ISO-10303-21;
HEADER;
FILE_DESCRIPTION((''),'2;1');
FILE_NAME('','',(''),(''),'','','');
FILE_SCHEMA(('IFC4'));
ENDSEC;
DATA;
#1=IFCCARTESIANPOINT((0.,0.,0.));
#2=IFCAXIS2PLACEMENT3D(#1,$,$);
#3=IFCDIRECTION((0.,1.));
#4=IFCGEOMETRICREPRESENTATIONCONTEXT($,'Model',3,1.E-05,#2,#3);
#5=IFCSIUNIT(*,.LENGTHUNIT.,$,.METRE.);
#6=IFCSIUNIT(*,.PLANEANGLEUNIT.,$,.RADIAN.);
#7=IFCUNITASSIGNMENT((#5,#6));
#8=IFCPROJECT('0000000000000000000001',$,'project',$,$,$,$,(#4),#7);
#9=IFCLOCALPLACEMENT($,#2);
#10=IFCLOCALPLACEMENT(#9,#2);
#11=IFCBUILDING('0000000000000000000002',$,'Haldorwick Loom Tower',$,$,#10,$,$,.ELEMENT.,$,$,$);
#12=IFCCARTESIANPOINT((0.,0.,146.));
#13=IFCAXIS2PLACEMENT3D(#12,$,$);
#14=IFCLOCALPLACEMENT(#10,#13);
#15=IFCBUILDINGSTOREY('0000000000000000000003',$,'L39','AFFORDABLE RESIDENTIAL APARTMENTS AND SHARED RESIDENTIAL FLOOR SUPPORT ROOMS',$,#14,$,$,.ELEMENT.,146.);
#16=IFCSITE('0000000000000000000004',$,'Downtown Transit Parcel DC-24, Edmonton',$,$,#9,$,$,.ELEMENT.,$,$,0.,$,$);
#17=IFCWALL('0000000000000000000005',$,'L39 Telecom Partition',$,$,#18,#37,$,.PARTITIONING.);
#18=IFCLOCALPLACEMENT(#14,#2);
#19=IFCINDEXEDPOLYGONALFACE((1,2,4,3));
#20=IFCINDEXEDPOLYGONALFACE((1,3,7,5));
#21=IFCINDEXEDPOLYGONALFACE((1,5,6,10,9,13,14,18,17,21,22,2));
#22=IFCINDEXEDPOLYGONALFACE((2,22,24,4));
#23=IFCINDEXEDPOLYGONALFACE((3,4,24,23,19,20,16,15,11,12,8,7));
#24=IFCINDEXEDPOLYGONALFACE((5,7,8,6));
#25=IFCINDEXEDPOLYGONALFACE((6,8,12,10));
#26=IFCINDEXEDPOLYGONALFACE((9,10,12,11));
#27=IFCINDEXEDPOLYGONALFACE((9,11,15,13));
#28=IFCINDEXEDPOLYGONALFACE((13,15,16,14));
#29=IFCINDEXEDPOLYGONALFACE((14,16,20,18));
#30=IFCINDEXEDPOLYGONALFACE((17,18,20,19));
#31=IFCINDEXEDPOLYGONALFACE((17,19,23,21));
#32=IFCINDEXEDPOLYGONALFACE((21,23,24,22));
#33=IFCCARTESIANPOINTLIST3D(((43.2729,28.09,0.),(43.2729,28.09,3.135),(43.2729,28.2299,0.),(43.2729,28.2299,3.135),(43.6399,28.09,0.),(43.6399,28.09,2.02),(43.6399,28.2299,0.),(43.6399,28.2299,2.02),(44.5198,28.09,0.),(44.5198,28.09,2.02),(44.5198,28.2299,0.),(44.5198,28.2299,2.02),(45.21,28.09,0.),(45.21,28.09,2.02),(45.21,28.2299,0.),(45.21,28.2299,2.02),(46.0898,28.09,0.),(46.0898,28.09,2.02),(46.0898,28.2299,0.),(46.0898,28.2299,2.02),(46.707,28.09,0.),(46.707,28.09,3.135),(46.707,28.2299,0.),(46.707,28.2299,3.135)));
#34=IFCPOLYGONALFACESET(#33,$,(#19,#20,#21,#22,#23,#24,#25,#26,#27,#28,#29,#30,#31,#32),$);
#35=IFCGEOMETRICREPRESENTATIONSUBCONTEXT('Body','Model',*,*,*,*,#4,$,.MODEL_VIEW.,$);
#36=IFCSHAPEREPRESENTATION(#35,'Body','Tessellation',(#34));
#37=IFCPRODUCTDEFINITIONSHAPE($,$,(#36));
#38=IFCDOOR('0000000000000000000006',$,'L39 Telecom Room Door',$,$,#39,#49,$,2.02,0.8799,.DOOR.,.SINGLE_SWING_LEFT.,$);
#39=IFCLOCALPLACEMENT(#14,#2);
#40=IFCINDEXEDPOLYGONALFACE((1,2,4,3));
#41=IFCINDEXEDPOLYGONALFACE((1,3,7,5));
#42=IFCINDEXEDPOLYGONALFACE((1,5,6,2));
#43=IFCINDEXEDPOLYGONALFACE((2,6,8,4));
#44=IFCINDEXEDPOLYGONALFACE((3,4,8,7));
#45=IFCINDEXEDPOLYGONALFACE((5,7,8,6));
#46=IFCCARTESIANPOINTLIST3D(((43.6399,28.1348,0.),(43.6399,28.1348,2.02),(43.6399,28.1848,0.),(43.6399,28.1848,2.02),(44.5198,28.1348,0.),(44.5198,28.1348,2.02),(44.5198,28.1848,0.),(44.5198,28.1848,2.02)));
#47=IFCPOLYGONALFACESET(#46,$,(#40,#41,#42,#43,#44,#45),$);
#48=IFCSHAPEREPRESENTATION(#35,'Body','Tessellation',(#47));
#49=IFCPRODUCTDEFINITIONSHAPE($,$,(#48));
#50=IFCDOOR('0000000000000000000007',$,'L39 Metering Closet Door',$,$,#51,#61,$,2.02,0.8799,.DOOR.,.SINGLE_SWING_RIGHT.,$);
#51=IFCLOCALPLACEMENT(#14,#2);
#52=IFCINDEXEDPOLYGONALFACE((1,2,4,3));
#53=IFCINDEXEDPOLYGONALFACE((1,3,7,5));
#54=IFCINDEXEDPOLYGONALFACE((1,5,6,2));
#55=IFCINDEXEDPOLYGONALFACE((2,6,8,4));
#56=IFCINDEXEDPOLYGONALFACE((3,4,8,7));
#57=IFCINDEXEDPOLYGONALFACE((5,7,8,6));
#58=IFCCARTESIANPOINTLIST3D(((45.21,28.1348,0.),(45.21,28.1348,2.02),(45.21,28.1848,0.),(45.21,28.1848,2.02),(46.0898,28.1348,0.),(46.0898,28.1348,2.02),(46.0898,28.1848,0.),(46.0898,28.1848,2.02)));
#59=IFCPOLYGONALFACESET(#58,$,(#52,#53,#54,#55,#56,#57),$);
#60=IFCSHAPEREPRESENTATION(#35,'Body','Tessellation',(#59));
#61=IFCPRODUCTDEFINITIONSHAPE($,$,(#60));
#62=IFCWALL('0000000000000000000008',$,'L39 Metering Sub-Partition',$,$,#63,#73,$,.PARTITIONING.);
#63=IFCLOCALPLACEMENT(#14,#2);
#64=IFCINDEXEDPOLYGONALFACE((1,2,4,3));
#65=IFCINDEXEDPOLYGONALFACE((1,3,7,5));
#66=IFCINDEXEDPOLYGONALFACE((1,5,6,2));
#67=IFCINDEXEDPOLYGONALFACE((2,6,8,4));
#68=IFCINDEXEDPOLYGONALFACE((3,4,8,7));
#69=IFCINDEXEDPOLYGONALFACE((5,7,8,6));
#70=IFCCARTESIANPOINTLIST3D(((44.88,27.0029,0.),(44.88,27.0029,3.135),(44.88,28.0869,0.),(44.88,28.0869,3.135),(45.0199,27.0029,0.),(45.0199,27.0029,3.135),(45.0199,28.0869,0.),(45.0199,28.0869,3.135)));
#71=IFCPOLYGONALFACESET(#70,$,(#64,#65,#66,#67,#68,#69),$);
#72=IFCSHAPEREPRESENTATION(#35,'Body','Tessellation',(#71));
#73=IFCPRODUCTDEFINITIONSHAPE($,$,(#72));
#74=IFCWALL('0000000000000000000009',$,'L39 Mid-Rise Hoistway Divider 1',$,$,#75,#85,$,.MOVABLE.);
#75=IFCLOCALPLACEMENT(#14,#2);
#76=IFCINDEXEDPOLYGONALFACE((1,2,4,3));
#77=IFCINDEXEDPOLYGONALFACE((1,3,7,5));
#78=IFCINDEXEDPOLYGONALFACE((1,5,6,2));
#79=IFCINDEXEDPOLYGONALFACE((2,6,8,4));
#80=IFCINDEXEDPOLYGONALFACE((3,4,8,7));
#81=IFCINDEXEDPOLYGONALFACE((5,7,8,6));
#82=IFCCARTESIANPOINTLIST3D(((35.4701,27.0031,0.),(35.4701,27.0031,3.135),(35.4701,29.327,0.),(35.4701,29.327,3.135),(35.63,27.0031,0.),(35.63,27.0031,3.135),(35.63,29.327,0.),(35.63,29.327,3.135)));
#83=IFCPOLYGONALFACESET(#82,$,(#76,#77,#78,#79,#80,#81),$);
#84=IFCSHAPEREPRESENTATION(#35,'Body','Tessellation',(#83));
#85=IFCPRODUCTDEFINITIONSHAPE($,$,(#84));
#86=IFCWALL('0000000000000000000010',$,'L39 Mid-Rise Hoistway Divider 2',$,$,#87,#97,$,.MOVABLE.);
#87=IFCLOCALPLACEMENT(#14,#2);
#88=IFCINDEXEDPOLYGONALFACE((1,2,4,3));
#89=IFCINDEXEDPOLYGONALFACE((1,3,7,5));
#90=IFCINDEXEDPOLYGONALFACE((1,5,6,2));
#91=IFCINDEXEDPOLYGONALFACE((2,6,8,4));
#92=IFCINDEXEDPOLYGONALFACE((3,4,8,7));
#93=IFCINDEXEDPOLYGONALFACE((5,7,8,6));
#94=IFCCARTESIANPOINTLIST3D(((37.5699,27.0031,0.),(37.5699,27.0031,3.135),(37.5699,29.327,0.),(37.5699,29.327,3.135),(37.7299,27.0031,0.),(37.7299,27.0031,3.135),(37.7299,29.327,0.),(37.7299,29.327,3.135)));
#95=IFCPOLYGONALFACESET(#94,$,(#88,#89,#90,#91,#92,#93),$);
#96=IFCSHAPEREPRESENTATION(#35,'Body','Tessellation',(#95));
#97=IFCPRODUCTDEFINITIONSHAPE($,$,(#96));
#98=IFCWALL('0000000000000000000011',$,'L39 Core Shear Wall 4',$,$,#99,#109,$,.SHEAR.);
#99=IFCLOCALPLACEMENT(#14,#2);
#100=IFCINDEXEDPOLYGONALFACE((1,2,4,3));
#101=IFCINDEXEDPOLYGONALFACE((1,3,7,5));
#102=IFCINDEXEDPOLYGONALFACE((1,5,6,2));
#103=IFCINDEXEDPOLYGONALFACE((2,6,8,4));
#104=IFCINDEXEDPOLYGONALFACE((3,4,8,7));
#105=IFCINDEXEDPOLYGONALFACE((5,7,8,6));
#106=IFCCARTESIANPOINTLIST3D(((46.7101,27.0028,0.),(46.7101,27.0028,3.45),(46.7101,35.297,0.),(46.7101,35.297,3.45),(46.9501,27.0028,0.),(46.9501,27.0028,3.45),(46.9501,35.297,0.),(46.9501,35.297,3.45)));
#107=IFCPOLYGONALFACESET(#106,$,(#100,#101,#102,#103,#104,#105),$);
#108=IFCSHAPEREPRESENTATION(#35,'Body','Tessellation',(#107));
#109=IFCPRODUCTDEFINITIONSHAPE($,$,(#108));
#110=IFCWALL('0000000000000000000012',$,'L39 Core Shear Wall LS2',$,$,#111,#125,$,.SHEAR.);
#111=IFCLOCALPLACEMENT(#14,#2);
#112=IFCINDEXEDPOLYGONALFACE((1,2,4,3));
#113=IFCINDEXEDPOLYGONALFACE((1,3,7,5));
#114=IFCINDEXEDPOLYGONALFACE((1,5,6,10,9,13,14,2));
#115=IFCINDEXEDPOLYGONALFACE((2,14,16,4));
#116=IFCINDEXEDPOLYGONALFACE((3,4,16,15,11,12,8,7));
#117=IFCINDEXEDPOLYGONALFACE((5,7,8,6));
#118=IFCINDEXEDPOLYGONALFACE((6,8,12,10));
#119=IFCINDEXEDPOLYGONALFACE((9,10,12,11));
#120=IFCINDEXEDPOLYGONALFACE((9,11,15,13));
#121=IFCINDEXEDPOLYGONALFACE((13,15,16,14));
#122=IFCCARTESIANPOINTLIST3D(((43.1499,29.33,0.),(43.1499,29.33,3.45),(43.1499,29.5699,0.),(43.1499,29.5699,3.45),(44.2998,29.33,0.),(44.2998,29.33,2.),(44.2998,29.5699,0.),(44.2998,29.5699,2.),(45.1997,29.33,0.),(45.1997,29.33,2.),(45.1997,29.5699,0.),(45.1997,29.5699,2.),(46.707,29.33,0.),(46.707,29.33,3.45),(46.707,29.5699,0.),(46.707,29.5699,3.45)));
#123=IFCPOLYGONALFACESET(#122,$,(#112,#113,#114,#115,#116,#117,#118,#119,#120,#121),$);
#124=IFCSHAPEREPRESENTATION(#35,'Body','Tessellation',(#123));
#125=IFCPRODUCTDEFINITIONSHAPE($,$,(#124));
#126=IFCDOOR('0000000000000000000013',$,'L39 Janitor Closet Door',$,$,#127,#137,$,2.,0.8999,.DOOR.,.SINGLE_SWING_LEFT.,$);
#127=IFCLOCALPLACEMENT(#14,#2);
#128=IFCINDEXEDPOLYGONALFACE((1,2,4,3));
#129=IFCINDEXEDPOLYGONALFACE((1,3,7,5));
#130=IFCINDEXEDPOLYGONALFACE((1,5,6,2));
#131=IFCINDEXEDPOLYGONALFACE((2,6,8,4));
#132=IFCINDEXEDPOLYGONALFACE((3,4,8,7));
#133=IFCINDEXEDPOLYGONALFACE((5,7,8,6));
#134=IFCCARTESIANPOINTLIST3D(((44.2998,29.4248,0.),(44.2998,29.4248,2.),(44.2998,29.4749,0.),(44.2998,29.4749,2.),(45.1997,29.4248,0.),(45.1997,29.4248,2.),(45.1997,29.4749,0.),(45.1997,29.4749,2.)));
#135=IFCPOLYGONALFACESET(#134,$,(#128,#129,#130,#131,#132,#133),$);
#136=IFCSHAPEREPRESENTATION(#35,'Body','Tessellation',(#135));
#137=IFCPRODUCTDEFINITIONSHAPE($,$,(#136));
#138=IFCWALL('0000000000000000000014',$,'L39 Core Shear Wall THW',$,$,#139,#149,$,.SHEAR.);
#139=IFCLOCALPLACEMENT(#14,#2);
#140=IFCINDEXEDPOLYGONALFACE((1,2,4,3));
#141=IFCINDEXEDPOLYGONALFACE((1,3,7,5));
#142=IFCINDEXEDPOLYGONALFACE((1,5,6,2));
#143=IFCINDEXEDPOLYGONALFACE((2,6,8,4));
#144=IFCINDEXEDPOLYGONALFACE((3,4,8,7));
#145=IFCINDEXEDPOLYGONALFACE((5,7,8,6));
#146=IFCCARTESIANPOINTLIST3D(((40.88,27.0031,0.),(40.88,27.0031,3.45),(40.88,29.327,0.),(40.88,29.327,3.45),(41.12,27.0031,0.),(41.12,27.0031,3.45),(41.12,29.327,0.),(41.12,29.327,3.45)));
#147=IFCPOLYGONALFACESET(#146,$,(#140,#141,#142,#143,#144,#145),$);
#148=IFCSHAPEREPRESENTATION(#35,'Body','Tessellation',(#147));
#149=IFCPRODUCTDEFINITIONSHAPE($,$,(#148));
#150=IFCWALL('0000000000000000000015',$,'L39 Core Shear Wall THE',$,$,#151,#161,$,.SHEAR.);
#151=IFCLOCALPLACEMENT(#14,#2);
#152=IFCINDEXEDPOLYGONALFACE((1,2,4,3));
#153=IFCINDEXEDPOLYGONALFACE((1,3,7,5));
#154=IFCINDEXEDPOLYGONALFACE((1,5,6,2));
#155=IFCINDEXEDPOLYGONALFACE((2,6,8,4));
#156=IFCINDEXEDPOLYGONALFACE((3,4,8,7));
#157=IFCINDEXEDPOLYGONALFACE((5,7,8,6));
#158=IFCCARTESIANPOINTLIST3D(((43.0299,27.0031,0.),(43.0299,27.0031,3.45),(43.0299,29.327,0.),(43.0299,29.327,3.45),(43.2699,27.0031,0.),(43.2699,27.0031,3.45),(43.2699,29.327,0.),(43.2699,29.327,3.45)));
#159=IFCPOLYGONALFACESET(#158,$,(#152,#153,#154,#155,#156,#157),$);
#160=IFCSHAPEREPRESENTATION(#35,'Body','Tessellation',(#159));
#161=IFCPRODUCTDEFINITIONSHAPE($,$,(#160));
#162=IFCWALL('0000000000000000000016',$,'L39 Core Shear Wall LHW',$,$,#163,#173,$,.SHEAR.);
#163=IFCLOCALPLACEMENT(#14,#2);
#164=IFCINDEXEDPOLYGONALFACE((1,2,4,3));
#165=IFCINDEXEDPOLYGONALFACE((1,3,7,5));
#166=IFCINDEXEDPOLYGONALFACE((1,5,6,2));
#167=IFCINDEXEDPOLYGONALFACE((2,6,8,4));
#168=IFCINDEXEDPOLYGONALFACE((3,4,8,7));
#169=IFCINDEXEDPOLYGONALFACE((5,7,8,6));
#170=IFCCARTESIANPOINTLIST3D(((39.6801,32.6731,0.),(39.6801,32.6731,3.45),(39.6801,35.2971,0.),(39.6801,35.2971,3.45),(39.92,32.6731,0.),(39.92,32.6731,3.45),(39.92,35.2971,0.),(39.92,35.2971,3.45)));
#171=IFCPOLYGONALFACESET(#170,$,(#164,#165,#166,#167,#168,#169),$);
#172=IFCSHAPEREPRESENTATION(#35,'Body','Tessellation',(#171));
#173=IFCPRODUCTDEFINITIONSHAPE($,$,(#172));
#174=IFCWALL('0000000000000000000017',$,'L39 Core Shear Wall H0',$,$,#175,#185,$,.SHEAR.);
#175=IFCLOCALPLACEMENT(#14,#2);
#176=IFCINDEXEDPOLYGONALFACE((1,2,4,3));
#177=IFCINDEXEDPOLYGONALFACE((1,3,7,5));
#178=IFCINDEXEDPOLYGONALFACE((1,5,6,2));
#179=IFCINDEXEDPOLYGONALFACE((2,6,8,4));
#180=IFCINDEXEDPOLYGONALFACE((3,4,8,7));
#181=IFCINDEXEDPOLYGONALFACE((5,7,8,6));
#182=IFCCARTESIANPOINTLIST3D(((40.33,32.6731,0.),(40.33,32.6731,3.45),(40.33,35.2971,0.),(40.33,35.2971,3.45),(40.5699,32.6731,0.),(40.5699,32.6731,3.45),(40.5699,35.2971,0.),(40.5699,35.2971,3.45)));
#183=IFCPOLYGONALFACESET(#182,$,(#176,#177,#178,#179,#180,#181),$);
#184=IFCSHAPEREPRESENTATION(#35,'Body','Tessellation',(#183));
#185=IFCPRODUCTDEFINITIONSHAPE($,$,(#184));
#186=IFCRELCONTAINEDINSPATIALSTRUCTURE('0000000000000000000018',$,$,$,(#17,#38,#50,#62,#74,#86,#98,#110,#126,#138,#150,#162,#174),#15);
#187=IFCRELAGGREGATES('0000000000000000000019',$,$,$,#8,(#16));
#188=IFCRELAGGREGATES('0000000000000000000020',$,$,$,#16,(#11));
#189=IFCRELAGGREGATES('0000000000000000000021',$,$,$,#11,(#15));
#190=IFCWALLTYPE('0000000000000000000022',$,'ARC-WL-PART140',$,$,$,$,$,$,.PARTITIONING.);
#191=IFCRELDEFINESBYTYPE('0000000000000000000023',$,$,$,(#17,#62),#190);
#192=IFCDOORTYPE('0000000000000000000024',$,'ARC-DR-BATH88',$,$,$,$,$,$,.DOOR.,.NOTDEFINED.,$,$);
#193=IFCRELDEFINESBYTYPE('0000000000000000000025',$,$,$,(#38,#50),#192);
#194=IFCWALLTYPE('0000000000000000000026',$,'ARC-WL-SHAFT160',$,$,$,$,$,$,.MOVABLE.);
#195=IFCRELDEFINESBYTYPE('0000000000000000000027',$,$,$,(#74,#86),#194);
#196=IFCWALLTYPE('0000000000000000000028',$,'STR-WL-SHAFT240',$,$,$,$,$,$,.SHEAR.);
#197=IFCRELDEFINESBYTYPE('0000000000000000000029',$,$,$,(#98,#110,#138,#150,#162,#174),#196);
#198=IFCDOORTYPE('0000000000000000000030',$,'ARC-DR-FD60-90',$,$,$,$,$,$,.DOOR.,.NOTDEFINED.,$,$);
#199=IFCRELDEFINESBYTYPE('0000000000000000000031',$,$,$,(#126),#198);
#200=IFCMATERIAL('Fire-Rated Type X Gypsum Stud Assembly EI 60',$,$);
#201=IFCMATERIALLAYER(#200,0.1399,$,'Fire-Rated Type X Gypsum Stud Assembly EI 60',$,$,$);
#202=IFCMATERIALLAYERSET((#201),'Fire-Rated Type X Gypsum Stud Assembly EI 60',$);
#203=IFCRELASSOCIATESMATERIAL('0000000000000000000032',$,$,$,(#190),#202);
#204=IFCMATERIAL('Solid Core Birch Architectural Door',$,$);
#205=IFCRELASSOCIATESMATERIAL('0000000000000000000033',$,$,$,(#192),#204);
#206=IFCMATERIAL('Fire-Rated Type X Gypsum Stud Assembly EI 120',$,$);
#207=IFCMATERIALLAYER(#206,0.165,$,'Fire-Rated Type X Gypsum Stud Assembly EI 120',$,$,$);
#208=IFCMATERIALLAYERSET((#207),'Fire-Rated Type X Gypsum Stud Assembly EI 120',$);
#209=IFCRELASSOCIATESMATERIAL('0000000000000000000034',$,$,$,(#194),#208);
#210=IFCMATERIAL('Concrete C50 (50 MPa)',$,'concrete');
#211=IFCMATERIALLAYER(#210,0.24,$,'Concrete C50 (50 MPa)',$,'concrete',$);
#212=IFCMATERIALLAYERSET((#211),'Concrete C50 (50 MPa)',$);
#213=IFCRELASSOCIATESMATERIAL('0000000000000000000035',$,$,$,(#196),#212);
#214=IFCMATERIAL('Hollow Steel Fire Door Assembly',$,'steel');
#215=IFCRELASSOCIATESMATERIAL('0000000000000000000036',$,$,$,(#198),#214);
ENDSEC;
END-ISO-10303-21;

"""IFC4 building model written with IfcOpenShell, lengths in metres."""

from ifc_helpers import new_model, si_unit, direction, frame, frame_2d, origin, place, context, subcontext, project, spatial, rectangle, extrude, material, layer, layer_set, type_object, element, fill, save


model = new_model("IFC4")

# Units and contexts
model_context = context("Model", 3, precision=1e-05, world=origin(), true_north=direction((0.0, 1.0)))
body_context = subcontext(model_context, "Body", "Model", "MODEL_VIEW")
ifc_project = project(units=[si_unit("LENGTHUNIT", "METRE"), si_unit("PLANEANGLEUNIT", "RADIAN")], contexts=[model_context])

# Site, building, storey
site_placement = place(None, origin())
site = spatial("IfcSite", under=ifc_project, at=site_placement, Name="Downtown Transit Parcel DC-24, Edmonton", CompositionType="ELEMENT", RefElevation=0.0)
building_placement = place(site_placement, origin())
building = spatial("IfcBuilding", under=site, at=building_placement, Name="Haldorwick Loom Tower", CompositionType="ELEMENT")
storey_placement = place(building_placement, frame((0.0, 0.0, 146.0)))
storey = spatial("IfcBuildingStorey", under=building, at=storey_placement, Name="L39", Description="AFFORDABLE RESIDENTIAL APARTMENTS AND SHARED RESIDENTIAL FLOOR SUPPORT ROOMS", CompositionType="ELEMENT", Elevation=146.0)

# Wall, openings, doors
ifc_material_1 = material(Name="Fire-Rated Type X Gypsum Stud Assembly EI 60")
ifc_layer_1 = layer(ifc_material_1, 0.1399, Name="Fire-Rated Type X Gypsum Stud Assembly EI 60")
ifc_layer_set_1 = layer_set([ifc_layer_1], Name="Fire-Rated Type X Gypsum Stud Assembly EI 60")
wall_type_1 = type_object("IfcWallType", Name="ARC-WL-PART140", PredefinedType="PARTITIONING", material=ifc_layer_set_1)
wall_1_placement = place(storey_placement, frame((43.2729, 28.1599, 0.0), z_axis=(0.0, 0.0, 1.0), x_axis=(1.0, 0.0, 0.0)))
wall_1 = element("IfcWall", 1, at=wall_1_placement, inside=storey, type_object=wall_type_1, Name="L39 Telecom Partition", PredefinedType="PARTITIONING", context=body_context, shape_type="SweptSolid", body=[
    extrude(rectangle(XDim=3.4341, YDim=0.1399, at=frame_2d((1.717, 0.0))), origin(), (0.0, 0.0, 1.0), 3.135),
])
opening_1_placement = place(wall_1_placement, frame((0.3669, 0.0, 0.0)))
opening_1 = element("IfcOpeningElement", 2, at=opening_1_placement, cuts=wall_1, PredefinedType="OPENING", context=body_context, shape_type="SweptSolid", body=[
    extrude(rectangle(XDim=0.8799, YDim=2.02, at=frame_2d((0.4399, 1.01))), frame((0.0, 0.0798, 0.0), z_axis=(0.0, -1.0, 0.0), x_axis=(1.0, 0.0, 0.0)), (0.0, 0.0, 1.0), 0.1599),
])
opening_2_placement = place(wall_1_placement, frame((1.937, 0.0, 0.0)))
opening_2 = element("IfcOpeningElement", 3, at=opening_2_placement, cuts=wall_1, PredefinedType="OPENING", context=body_context, shape_type="SweptSolid", body=[
    extrude(rectangle(XDim=0.8799, YDim=2.02, at=frame_2d((0.4399, 1.01))), frame((0.0, 0.0798, 0.0), z_axis=(0.0, -1.0, 0.0), x_axis=(1.0, 0.0, 0.0)), (0.0, 0.0, 1.0), 0.1599),
])
ifc_material_2 = material(Name="Solid Core Birch Architectural Door")
door_type_1 = type_object("IfcDoorType", Name="ARC-DR-BATH88", OperationType="NOTDEFINED", PredefinedType="DOOR", material=ifc_material_2)
door_1_placement = place(opening_1_placement, origin())
door_1 = element("IfcDoor", 4, at=door_1_placement, inside=storey, type_object=door_type_1, Name="L39 Telecom Room Door", OperationType="SINGLE_SWING_LEFT", OverallHeight=2.02, OverallWidth=0.8799, PredefinedType="DOOR", context=body_context, shape_type="SweptSolid", body=[
    extrude(rectangle(XDim=0.8799, YDim=2.02, at=frame_2d((0.4399, 1.01))), frame((0.0, 0.0249, 0.0), z_axis=(0.0, -1.0, 0.0), x_axis=(1.0, 0.0, 0.0)), (0.0, 0.0, 1.0), 0.05),
])
fill(opening_1, door_1)
door_2_placement = place(opening_2_placement, origin())
door_2 = element("IfcDoor", 5, at=door_2_placement, inside=storey, type_object=door_type_1, Name="L39 Metering Closet Door", OperationType="SINGLE_SWING_RIGHT", OverallHeight=2.02, OverallWidth=0.8799, PredefinedType="DOOR", context=body_context, shape_type="SweptSolid", body=[
    extrude(rectangle(XDim=0.8799, YDim=2.02, at=frame_2d((0.4399, 1.01))), frame((0.0, 0.0249, 0.0), z_axis=(0.0, -1.0, 0.0), x_axis=(1.0, 0.0, 0.0)), (0.0, 0.0, 1.0), 0.05),
])
fill(opening_2, door_2)

# Walls
wall_2_placement = place(storey_placement, frame((44.95, 27.0029, 0.0), z_axis=(0.0, 0.0, 1.0), x_axis=(0.0, 1.0, 0.0)))
element("IfcWall", 6, at=wall_2_placement, inside=storey, type_object=wall_type_1, Name="L39 Metering Sub-Partition", PredefinedType="PARTITIONING", context=body_context, shape_type="SweptSolid", body=[
    extrude(rectangle(XDim=1.084, YDim=0.1399, at=frame_2d((0.542, 0.0))), origin(), (0.0, 0.0, 1.0), 3.135),
])
ifc_material_3 = material(Name="Fire-Rated Type X Gypsum Stud Assembly EI 120")
ifc_layer_2 = layer(ifc_material_3, 0.165, Name="Fire-Rated Type X Gypsum Stud Assembly EI 120")
ifc_layer_set_2 = layer_set([ifc_layer_2], Name="Fire-Rated Type X Gypsum Stud Assembly EI 120")
wall_type_2 = type_object("IfcWallType", Name="ARC-WL-SHAFT160", PredefinedType="MOVABLE", material=ifc_layer_set_2)
for number, where, z_axis, x_axis, name in (
    (7, (35.55, 27.0029, 0.0), (0.0, 0.0, 1.0), (0.0, 1.0, 0.0), "L39 Mid-Rise Hoistway Divider 1"),
    (8, (37.6499, 27.0029, 0.0), (0.0, 0.0, 1.0), (0.0, 1.0, 0.0), "L39 Mid-Rise Hoistway Divider 2"),
):
    element("IfcWall", number, at=place(storey_placement, frame(where, z_axis=z_axis, x_axis=x_axis)), inside=storey, type_object=wall_type_2, Name=name, PredefinedType="MOVABLE", context=body_context, shape_type="SweptSolid", body=[
        extrude(rectangle(XDim=2.324, YDim=0.1599, at=frame_2d((1.1621, 0.0))), origin(), (0.0, 0.0, 1.0), 3.135),
    ])
ifc_material_4 = material(Name="Concrete C50 (50 MPa)", Category="concrete")
ifc_layer_3 = layer(ifc_material_4, 0.24, Name="Concrete C50 (50 MPa)", Category="concrete")
ifc_layer_set_3 = layer_set([ifc_layer_3], Name="Concrete C50 (50 MPa)")
wall_type_3 = type_object("IfcWallType", Name="STR-WL-SHAFT240", PredefinedType="SHEAR", material=ifc_layer_set_3)
wall_3_placement = place(storey_placement, frame((46.8301, 27.0029, 0.0), z_axis=(0.0, 0.0, 1.0), x_axis=(0.0, 1.0, 0.0)))
element("IfcWall", 9, at=wall_3_placement, inside=storey, type_object=wall_type_3, Name="L39 Core Shear Wall 4", PredefinedType="SHEAR", context=body_context, shape_type="SweptSolid", body=[
    extrude(rectangle(XDim=8.2942, YDim=0.24, at=frame_2d((4.147, 0.0))), origin(), (0.0, 0.0, 1.0), 3.45),
])

# Wall, opening, door
wall_4_placement = place(storey_placement, frame((43.1499, 29.45, 0.0), z_axis=(0.0, 0.0, 1.0), x_axis=(1.0, 0.0, 0.0)))
wall_4 = element("IfcWall", 10, at=wall_4_placement, inside=storey, type_object=wall_type_3, Name="L39 Core Shear Wall LS2", PredefinedType="SHEAR", context=body_context, shape_type="SweptSolid", body=[
    extrude(rectangle(XDim=3.5571, YDim=0.24, at=frame_2d((1.7786, 0.0))), origin(), (0.0, 0.0, 1.0), 3.45),
])
opening_3_placement = place(wall_4_placement, frame((1.1499, 0.0, 0.0)))
opening_3 = element("IfcOpeningElement", 11, at=opening_3_placement, cuts=wall_4, PredefinedType="OPENING", context=body_context, shape_type="SweptSolid", body=[
    extrude(rectangle(XDim=0.8999, YDim=2.0, at=frame_2d((0.45, 1.0))), frame((0.0, 0.1299, 0.0), z_axis=(0.0, -1.0, 0.0), x_axis=(1.0, 0.0, 0.0)), (0.0, 0.0, 1.0), 0.26),
])
ifc_material_5 = material(Name="Hollow Steel Fire Door Assembly", Category="steel")
door_type_2 = type_object("IfcDoorType", Name="ARC-DR-FD60-90", OperationType="NOTDEFINED", PredefinedType="DOOR", material=ifc_material_5)
door_3_placement = place(opening_3_placement, origin())
door_3 = element("IfcDoor", 12, at=door_3_placement, inside=storey, type_object=door_type_2, Name="L39 Janitor Closet Door", OperationType="SINGLE_SWING_LEFT", OverallHeight=2.0, OverallWidth=0.8999, PredefinedType="DOOR", context=body_context, shape_type="SweptSolid", body=[
    extrude(rectangle(XDim=0.8999, YDim=2.0, at=frame_2d((0.45, 1.0))), frame((0.0, 0.0249, 0.0), z_axis=(0.0, -1.0, 0.0), x_axis=(1.0, 0.0, 0.0)), (0.0, 0.0, 1.0), 0.05),
])
fill(opening_3, door_3)

# Walls
for number, where, z_axis, x_axis, name in (
    (13, (41.0, 27.0029, 0.0), (0.0, 0.0, 1.0), (0.0, 1.0, 0.0), "L39 Core Shear Wall THW"),
    (14, (43.1499, 27.0029, 0.0), (0.0, 0.0, 1.0), (0.0, 1.0, 0.0), "L39 Core Shear Wall THE"),
):
    element("IfcWall", number, at=place(storey_placement, frame(where, z_axis=z_axis, x_axis=x_axis)), inside=storey, type_object=wall_type_3, Name=name, PredefinedType="SHEAR", context=body_context, shape_type="SweptSolid", body=[
        extrude(rectangle(XDim=2.324, YDim=0.24, at=frame_2d((1.1621, 0.0))), origin(), (0.0, 0.0, 1.0), 3.45),
    ])
for number, where, z_axis, x_axis, name in (
    (15, (39.8, 32.6731, 0.0), (0.0, 0.0, 1.0), (0.0, 1.0, 0.0), "L39 Core Shear Wall LHW"),
    (16, (40.45, 32.6731, 0.0), (0.0, 0.0, 1.0), (0.0, 1.0, 0.0), "L39 Core Shear Wall H0"),
):
    element("IfcWall", number, at=place(storey_placement, frame(where, z_axis=z_axis, x_axis=x_axis)), inside=storey, type_object=wall_type_3, Name=name, PredefinedType="SHEAR", context=body_context, shape_type="SweptSolid", body=[
        extrude(rectangle(XDim=2.624, YDim=0.24, at=frame_2d((1.312, 0.0))), origin(), (0.0, 0.0, 1.0), 3.45),
    ])

save(model, "model.ifc")
